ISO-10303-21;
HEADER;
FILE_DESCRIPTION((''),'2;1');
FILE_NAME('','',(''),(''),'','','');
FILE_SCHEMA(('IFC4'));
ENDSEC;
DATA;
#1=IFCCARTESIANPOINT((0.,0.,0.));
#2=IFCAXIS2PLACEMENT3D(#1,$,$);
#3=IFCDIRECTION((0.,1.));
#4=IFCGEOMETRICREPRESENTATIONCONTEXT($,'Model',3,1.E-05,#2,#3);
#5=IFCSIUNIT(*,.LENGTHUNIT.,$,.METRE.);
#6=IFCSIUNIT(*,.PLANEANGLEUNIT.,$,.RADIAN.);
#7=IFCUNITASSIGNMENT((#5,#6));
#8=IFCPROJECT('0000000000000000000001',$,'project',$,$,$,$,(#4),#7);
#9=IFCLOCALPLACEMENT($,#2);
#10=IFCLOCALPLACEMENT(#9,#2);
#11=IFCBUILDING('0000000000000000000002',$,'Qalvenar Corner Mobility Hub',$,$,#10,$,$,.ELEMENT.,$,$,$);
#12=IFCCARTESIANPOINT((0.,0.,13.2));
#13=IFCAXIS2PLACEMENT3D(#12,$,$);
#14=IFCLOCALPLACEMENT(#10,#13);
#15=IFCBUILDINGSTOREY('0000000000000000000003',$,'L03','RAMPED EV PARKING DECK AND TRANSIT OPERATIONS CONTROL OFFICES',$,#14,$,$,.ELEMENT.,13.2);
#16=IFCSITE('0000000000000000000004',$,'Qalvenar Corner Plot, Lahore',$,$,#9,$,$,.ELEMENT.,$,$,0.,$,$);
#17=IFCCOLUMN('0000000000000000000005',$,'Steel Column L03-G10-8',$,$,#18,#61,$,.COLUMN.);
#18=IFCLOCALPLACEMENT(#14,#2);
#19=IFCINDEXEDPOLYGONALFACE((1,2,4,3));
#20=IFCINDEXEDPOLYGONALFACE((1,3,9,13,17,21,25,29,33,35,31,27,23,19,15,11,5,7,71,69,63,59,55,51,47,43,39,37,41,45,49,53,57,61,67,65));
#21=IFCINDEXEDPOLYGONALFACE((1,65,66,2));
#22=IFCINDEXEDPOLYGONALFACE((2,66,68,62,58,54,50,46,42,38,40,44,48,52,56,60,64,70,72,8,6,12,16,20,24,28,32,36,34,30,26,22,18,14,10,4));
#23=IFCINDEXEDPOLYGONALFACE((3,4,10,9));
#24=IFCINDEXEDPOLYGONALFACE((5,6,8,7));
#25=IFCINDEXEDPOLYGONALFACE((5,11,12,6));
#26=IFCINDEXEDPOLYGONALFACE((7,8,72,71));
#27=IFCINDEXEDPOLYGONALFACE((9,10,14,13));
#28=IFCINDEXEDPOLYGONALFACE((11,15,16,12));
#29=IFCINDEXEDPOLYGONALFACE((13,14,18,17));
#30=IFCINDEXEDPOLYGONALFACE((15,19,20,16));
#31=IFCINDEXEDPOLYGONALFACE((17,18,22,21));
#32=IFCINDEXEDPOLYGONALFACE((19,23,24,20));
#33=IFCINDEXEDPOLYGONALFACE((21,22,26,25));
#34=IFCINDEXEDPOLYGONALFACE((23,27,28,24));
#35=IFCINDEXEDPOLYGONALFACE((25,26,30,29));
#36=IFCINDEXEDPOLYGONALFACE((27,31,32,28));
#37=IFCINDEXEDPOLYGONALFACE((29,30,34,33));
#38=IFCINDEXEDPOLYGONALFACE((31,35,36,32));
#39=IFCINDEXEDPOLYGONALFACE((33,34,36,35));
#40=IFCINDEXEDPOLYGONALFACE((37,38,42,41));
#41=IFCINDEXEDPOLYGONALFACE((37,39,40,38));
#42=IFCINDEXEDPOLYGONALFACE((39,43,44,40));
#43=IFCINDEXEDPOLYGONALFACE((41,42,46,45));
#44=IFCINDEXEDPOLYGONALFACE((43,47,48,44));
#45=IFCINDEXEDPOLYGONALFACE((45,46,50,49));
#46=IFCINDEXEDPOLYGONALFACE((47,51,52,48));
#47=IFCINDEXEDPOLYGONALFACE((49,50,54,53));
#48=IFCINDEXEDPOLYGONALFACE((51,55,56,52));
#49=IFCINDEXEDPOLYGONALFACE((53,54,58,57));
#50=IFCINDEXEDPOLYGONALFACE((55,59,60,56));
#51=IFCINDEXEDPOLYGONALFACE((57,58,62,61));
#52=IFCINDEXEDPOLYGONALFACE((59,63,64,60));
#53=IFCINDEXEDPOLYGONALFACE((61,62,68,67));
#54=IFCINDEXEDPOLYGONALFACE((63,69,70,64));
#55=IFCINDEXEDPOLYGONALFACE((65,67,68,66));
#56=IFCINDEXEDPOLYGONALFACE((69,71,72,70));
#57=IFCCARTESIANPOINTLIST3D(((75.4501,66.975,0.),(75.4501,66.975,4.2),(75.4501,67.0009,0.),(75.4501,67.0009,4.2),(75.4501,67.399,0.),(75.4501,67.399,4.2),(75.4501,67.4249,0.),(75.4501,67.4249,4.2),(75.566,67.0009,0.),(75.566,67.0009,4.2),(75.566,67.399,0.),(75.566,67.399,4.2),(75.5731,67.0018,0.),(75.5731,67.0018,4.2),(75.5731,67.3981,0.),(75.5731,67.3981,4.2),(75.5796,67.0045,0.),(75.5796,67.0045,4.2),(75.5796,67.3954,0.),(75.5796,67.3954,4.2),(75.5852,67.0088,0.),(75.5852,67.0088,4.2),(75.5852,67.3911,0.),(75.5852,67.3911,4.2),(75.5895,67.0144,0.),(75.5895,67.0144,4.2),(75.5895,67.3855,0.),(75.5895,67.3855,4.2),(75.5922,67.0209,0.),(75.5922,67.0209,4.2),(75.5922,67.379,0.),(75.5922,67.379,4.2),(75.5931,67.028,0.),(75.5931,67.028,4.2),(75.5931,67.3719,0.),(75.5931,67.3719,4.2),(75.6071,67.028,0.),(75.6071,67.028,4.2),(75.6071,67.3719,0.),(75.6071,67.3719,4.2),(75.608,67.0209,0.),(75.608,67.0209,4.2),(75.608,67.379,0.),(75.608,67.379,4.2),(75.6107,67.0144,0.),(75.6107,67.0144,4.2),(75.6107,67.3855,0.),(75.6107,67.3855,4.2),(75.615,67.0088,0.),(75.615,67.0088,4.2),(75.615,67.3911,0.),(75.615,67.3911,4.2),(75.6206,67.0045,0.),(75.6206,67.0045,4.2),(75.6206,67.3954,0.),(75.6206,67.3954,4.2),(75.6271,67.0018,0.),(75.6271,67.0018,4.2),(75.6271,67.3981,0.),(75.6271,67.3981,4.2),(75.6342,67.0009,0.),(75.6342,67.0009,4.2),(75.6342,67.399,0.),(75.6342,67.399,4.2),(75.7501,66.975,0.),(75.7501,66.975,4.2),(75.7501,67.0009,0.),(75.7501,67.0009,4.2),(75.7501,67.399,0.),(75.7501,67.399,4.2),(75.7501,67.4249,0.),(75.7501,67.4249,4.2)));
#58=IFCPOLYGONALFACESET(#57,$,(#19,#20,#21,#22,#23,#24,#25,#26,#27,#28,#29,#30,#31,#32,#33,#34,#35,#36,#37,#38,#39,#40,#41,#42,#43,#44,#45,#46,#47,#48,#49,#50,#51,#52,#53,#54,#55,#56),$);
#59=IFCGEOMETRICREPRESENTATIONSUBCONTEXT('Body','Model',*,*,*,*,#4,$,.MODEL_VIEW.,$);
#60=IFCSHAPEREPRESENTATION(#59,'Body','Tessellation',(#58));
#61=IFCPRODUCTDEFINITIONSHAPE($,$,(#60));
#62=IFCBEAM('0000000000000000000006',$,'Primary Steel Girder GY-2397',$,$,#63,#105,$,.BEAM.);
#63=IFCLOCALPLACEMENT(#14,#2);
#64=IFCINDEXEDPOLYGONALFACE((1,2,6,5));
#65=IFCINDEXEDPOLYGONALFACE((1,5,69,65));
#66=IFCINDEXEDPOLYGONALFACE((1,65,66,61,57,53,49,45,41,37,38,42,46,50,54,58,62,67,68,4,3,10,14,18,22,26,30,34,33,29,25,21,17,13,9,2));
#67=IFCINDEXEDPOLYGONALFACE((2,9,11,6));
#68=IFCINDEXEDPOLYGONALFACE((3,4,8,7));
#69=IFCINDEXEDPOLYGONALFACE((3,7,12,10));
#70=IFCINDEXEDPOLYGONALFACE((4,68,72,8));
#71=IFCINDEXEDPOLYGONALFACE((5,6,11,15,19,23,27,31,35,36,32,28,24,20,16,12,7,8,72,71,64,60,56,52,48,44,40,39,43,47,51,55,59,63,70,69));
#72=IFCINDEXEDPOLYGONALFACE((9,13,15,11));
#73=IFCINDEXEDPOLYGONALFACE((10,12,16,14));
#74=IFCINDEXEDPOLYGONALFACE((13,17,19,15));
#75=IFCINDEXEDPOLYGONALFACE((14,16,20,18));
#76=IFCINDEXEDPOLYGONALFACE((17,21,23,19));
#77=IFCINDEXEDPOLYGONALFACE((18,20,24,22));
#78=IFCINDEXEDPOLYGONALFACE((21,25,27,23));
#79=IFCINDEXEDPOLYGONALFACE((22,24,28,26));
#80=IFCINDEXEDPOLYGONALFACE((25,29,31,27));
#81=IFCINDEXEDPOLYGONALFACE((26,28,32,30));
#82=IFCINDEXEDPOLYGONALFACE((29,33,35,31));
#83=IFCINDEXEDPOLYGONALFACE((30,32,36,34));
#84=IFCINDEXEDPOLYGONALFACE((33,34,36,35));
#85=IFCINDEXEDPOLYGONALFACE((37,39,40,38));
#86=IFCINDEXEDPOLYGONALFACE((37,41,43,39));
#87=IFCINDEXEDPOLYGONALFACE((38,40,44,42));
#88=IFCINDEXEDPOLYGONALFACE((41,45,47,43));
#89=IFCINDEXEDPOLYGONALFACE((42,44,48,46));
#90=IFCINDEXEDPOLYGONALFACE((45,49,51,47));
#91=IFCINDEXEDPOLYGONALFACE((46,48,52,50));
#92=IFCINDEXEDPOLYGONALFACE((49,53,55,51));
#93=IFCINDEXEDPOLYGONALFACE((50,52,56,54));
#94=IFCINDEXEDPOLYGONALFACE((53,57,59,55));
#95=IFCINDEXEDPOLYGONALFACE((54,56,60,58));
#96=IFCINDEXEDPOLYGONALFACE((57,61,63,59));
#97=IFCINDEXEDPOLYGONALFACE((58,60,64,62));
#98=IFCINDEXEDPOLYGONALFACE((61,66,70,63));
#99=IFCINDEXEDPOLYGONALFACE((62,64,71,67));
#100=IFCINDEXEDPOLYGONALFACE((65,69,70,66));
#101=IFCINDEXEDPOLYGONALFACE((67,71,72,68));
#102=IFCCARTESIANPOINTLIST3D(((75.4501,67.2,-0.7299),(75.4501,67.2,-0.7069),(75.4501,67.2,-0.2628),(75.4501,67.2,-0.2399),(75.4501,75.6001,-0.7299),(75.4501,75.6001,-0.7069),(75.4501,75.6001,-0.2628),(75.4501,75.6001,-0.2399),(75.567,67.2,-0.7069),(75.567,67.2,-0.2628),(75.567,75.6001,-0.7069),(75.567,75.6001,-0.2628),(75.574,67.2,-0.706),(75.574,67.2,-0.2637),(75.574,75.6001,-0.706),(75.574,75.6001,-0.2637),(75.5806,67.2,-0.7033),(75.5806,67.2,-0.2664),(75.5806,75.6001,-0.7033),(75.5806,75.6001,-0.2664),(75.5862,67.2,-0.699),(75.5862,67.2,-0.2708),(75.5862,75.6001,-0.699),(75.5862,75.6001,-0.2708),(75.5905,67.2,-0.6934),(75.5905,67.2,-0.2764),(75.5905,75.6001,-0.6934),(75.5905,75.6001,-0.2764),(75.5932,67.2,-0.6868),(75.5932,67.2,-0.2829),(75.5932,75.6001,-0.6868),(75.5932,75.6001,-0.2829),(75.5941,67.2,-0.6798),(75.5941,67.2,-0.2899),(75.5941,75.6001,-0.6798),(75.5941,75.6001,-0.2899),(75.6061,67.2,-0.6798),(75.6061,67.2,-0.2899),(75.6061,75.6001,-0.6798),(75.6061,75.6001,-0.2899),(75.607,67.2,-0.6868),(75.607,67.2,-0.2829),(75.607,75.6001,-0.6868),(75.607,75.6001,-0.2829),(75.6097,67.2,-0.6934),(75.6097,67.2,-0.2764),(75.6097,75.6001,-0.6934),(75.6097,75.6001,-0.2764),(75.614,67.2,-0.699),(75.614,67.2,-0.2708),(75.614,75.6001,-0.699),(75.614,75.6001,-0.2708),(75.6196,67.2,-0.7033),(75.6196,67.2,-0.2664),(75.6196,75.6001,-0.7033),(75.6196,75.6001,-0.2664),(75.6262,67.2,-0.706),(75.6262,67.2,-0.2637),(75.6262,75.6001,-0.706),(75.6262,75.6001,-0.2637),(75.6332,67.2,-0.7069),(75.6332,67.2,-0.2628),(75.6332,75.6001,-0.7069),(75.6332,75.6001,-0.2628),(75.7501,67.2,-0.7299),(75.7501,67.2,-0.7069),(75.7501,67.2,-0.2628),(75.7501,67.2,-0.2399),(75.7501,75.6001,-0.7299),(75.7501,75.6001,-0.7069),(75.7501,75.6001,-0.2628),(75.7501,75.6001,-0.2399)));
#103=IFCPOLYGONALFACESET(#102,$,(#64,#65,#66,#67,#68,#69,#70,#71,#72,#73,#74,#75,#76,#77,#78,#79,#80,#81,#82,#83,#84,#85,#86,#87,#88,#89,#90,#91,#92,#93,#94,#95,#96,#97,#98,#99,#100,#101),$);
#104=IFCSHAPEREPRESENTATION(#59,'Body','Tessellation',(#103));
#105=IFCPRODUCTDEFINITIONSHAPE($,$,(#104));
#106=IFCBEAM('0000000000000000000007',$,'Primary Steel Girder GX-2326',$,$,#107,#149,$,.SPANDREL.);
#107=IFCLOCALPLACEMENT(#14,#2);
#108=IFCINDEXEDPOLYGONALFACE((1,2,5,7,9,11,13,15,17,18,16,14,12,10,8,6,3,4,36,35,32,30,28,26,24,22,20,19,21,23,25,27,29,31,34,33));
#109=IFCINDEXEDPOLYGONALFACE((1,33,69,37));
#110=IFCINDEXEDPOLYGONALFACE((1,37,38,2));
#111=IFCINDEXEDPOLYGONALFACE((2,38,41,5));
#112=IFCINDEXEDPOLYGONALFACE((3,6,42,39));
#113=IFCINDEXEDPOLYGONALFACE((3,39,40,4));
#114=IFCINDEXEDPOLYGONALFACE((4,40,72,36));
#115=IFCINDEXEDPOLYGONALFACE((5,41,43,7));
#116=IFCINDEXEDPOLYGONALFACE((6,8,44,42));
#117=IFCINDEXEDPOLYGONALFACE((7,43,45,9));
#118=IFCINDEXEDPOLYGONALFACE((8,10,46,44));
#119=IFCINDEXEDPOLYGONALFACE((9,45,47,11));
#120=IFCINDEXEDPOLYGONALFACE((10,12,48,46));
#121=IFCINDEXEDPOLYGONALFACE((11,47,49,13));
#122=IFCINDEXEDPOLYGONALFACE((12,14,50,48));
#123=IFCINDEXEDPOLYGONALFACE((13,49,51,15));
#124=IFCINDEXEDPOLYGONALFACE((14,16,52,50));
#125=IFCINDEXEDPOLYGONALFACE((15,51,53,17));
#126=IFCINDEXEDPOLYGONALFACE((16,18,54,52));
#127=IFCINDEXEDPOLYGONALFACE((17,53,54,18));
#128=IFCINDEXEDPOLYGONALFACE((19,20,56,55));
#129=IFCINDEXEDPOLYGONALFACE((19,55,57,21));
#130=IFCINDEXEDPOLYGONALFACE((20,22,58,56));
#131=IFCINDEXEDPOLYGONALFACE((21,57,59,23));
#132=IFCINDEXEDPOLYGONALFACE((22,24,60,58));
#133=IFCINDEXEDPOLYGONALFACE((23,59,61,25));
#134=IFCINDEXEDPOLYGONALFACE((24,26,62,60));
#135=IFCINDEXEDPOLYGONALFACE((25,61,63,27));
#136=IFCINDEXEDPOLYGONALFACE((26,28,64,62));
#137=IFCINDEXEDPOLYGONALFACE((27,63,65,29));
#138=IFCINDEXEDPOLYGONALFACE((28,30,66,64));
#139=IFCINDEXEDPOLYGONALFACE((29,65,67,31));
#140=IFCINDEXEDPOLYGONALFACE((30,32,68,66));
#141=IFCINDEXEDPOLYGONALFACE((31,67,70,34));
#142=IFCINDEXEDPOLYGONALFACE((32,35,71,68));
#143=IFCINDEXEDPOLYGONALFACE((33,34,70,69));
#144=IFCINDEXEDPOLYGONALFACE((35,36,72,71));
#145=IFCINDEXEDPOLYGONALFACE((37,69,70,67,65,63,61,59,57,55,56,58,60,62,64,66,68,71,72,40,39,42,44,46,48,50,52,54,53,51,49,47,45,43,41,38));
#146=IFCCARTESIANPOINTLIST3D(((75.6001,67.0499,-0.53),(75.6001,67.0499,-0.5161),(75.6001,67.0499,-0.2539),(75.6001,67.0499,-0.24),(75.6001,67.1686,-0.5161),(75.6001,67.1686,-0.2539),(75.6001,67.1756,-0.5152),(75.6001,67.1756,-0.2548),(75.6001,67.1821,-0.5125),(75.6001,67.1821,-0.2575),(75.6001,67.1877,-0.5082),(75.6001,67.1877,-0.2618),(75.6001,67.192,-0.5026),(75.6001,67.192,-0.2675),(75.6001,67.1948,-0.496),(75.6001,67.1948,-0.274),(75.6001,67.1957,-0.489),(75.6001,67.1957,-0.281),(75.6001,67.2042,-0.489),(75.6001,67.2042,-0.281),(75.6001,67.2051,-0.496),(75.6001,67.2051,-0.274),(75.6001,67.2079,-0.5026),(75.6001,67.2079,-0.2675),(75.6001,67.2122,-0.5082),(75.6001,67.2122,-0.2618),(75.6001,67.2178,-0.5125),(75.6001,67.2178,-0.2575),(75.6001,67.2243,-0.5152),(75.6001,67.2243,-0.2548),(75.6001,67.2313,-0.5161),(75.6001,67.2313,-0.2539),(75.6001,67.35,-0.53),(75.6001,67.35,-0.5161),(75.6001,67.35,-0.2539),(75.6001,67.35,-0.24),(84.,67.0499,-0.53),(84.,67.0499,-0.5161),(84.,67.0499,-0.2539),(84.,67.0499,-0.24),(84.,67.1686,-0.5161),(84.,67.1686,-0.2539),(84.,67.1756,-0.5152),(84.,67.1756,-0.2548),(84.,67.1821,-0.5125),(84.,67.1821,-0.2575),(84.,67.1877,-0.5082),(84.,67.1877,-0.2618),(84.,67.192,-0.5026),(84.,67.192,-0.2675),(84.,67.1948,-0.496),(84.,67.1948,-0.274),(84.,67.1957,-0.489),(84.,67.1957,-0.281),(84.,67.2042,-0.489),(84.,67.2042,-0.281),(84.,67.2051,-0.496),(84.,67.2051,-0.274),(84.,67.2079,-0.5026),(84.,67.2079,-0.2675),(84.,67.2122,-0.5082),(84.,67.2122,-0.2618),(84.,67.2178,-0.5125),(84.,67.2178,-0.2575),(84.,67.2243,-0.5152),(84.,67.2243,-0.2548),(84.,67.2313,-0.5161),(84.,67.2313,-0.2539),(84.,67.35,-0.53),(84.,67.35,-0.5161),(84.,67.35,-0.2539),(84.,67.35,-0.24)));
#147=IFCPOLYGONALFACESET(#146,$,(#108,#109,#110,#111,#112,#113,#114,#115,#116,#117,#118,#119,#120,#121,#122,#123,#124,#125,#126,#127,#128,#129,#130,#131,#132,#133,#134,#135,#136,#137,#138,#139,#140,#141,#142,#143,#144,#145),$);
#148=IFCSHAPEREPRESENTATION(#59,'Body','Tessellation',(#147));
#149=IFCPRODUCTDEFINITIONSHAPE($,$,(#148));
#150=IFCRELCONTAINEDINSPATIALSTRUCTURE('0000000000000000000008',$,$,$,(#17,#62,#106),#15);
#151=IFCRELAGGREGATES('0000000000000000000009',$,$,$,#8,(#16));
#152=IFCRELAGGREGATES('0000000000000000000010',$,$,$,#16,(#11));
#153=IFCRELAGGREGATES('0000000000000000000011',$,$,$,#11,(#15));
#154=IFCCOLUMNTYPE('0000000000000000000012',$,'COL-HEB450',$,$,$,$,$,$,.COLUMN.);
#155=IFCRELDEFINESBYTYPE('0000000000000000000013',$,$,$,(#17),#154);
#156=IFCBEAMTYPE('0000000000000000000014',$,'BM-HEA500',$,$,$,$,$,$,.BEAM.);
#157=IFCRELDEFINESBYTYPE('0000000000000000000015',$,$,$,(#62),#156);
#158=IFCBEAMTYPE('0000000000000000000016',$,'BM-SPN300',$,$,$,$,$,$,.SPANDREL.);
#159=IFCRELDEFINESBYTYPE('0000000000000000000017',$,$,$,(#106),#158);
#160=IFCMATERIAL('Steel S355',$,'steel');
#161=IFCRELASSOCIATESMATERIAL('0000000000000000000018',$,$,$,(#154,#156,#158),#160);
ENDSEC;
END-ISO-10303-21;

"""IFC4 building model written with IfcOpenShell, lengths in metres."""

from ifc_helpers import new_model, si_unit, direction, frame, origin, origin_2d, place, context, subcontext, project, spatial, i_section, extrude, material, material_profile, profile_set, type_object, element, save


model = new_model("IFC4")

# Units and contexts
model_context = context("Model", 3, precision=1e-05, world=origin(), true_north=direction((0.0, 1.0)))
body_context = subcontext(model_context, "Body", "Model", "MODEL_VIEW")
ifc_project = project(units=[si_unit("LENGTHUNIT", "METRE"), si_unit("PLANEANGLEUNIT", "RADIAN")], contexts=[model_context])

# Site, building, storey
site_placement = place(None, origin())
site = spatial("IfcSite", under=ifc_project, at=site_placement, Name="Qalvenar Corner Plot, Lahore", CompositionType="ELEMENT", RefElevation=0.0)
building_placement = place(site_placement, origin())
building = spatial("IfcBuilding", under=site, at=building_placement, Name="Qalvenar Corner Mobility Hub", CompositionType="ELEMENT")
storey_placement = place(building_placement, frame((0.0, 0.0, 13.2)))
storey = spatial("IfcBuildingStorey", under=building, at=storey_placement, Name="L03", Description="RAMPED EV PARKING DECK AND TRANSIT OPERATIONS CONTROL OFFICES", CompositionType="ELEMENT", Elevation=13.2)

# Column
ifc_material_1 = material(Name="Steel S355", Category="steel")
ifc_material_profile_1 = material_profile(ifc_material_1, i_section(OverallWidth=0.3, OverallDepth=0.45, WebThickness=0.0139, FlangeThickness=0.0259, FilletRadius=0.0271, at=origin_2d()), Name="HEB450")
ifc_profile_set_1 = profile_set([ifc_material_profile_1], Name="Steel S355")
column_type = type_object("IfcColumnType", Name="COL-HEB450", PredefinedType="COLUMN", material=ifc_profile_set_1)
column_placement = place(storey_placement, frame((75.6001, 67.2, 0.0), z_axis=(0.0, 0.0, 1.0), x_axis=(1.0, 0.0, 0.0)))
element("IfcColumn", 1, at=column_placement, inside=storey, type_object=column_type, Name="Steel Column L03-G10-8", PredefinedType="COLUMN", context=body_context, shape_type="SweptSolid", body=[
    extrude(i_section(OverallWidth=0.3, OverallDepth=0.45, WebThickness=0.0139, FlangeThickness=0.0259, FilletRadius=0.0271, at=origin_2d()), origin(), (0.0, 0.0, 1.0), 4.2),
])

# Beams
ifc_material_profile_2 = material_profile(ifc_material_1, i_section(OverallWidth=0.3, OverallDepth=0.49, WebThickness=0.012, FlangeThickness=0.0229, FilletRadius=0.0271, at=origin_2d()), Name="HEA500")
ifc_profile_set_2 = profile_set([ifc_material_profile_2], Name="Steel S355")
beam_type_1 = type_object("IfcBeamType", Name="BM-HEA500", PredefinedType="BEAM", material=ifc_profile_set_2)
beam_1_placement = place(storey_placement, frame((75.6001, 67.2, -0.4849), z_axis=(0.0, 1.0, 0.0), x_axis=(-1.0, 0.0, 0.0)))
element("IfcBeam", 2, at=beam_1_placement, inside=storey, type_object=beam_type_1, Name="Primary Steel Girder GY-2397", PredefinedType="BEAM", context=body_context, shape_type="SweptSolid", body=[
    extrude(i_section(OverallWidth=0.3, OverallDepth=0.49, WebThickness=0.012, FlangeThickness=0.0229, FilletRadius=0.0271, at=origin_2d()), origin(), (0.0, 0.0, 1.0), 8.4001),
])
ifc_material_profile_3 = material_profile(ifc_material_1, i_section(OverallWidth=0.3, OverallDepth=0.29, WebThickness=0.0085, FlangeThickness=0.0139, FilletRadius=0.0271, at=origin_2d()), Name="HEA300")
ifc_profile_set_3 = profile_set([ifc_material_profile_3], Name="Steel S355")
beam_type_2 = type_object("IfcBeamType", Name="BM-SPN300", PredefinedType="SPANDREL", material=ifc_profile_set_3)
beam_2_placement = place(storey_placement, frame((75.6001, 67.2, -0.385), z_axis=(1.0, 0.0, 0.0), x_axis=(0.0, 1.0, 0.0)))
element("IfcBeam", 3, at=beam_2_placement, inside=storey, type_object=beam_type_2, Name="Primary Steel Girder GX-2326", PredefinedType="SPANDREL", context=body_context, shape_type="SweptSolid", body=[
    extrude(i_section(OverallWidth=0.3, OverallDepth=0.29, WebThickness=0.0085, FlangeThickness=0.0139, FilletRadius=0.0271, at=origin_2d()), origin(), (0.0, 0.0, 1.0), 8.3999),
])

save(model, "model.ifc")
